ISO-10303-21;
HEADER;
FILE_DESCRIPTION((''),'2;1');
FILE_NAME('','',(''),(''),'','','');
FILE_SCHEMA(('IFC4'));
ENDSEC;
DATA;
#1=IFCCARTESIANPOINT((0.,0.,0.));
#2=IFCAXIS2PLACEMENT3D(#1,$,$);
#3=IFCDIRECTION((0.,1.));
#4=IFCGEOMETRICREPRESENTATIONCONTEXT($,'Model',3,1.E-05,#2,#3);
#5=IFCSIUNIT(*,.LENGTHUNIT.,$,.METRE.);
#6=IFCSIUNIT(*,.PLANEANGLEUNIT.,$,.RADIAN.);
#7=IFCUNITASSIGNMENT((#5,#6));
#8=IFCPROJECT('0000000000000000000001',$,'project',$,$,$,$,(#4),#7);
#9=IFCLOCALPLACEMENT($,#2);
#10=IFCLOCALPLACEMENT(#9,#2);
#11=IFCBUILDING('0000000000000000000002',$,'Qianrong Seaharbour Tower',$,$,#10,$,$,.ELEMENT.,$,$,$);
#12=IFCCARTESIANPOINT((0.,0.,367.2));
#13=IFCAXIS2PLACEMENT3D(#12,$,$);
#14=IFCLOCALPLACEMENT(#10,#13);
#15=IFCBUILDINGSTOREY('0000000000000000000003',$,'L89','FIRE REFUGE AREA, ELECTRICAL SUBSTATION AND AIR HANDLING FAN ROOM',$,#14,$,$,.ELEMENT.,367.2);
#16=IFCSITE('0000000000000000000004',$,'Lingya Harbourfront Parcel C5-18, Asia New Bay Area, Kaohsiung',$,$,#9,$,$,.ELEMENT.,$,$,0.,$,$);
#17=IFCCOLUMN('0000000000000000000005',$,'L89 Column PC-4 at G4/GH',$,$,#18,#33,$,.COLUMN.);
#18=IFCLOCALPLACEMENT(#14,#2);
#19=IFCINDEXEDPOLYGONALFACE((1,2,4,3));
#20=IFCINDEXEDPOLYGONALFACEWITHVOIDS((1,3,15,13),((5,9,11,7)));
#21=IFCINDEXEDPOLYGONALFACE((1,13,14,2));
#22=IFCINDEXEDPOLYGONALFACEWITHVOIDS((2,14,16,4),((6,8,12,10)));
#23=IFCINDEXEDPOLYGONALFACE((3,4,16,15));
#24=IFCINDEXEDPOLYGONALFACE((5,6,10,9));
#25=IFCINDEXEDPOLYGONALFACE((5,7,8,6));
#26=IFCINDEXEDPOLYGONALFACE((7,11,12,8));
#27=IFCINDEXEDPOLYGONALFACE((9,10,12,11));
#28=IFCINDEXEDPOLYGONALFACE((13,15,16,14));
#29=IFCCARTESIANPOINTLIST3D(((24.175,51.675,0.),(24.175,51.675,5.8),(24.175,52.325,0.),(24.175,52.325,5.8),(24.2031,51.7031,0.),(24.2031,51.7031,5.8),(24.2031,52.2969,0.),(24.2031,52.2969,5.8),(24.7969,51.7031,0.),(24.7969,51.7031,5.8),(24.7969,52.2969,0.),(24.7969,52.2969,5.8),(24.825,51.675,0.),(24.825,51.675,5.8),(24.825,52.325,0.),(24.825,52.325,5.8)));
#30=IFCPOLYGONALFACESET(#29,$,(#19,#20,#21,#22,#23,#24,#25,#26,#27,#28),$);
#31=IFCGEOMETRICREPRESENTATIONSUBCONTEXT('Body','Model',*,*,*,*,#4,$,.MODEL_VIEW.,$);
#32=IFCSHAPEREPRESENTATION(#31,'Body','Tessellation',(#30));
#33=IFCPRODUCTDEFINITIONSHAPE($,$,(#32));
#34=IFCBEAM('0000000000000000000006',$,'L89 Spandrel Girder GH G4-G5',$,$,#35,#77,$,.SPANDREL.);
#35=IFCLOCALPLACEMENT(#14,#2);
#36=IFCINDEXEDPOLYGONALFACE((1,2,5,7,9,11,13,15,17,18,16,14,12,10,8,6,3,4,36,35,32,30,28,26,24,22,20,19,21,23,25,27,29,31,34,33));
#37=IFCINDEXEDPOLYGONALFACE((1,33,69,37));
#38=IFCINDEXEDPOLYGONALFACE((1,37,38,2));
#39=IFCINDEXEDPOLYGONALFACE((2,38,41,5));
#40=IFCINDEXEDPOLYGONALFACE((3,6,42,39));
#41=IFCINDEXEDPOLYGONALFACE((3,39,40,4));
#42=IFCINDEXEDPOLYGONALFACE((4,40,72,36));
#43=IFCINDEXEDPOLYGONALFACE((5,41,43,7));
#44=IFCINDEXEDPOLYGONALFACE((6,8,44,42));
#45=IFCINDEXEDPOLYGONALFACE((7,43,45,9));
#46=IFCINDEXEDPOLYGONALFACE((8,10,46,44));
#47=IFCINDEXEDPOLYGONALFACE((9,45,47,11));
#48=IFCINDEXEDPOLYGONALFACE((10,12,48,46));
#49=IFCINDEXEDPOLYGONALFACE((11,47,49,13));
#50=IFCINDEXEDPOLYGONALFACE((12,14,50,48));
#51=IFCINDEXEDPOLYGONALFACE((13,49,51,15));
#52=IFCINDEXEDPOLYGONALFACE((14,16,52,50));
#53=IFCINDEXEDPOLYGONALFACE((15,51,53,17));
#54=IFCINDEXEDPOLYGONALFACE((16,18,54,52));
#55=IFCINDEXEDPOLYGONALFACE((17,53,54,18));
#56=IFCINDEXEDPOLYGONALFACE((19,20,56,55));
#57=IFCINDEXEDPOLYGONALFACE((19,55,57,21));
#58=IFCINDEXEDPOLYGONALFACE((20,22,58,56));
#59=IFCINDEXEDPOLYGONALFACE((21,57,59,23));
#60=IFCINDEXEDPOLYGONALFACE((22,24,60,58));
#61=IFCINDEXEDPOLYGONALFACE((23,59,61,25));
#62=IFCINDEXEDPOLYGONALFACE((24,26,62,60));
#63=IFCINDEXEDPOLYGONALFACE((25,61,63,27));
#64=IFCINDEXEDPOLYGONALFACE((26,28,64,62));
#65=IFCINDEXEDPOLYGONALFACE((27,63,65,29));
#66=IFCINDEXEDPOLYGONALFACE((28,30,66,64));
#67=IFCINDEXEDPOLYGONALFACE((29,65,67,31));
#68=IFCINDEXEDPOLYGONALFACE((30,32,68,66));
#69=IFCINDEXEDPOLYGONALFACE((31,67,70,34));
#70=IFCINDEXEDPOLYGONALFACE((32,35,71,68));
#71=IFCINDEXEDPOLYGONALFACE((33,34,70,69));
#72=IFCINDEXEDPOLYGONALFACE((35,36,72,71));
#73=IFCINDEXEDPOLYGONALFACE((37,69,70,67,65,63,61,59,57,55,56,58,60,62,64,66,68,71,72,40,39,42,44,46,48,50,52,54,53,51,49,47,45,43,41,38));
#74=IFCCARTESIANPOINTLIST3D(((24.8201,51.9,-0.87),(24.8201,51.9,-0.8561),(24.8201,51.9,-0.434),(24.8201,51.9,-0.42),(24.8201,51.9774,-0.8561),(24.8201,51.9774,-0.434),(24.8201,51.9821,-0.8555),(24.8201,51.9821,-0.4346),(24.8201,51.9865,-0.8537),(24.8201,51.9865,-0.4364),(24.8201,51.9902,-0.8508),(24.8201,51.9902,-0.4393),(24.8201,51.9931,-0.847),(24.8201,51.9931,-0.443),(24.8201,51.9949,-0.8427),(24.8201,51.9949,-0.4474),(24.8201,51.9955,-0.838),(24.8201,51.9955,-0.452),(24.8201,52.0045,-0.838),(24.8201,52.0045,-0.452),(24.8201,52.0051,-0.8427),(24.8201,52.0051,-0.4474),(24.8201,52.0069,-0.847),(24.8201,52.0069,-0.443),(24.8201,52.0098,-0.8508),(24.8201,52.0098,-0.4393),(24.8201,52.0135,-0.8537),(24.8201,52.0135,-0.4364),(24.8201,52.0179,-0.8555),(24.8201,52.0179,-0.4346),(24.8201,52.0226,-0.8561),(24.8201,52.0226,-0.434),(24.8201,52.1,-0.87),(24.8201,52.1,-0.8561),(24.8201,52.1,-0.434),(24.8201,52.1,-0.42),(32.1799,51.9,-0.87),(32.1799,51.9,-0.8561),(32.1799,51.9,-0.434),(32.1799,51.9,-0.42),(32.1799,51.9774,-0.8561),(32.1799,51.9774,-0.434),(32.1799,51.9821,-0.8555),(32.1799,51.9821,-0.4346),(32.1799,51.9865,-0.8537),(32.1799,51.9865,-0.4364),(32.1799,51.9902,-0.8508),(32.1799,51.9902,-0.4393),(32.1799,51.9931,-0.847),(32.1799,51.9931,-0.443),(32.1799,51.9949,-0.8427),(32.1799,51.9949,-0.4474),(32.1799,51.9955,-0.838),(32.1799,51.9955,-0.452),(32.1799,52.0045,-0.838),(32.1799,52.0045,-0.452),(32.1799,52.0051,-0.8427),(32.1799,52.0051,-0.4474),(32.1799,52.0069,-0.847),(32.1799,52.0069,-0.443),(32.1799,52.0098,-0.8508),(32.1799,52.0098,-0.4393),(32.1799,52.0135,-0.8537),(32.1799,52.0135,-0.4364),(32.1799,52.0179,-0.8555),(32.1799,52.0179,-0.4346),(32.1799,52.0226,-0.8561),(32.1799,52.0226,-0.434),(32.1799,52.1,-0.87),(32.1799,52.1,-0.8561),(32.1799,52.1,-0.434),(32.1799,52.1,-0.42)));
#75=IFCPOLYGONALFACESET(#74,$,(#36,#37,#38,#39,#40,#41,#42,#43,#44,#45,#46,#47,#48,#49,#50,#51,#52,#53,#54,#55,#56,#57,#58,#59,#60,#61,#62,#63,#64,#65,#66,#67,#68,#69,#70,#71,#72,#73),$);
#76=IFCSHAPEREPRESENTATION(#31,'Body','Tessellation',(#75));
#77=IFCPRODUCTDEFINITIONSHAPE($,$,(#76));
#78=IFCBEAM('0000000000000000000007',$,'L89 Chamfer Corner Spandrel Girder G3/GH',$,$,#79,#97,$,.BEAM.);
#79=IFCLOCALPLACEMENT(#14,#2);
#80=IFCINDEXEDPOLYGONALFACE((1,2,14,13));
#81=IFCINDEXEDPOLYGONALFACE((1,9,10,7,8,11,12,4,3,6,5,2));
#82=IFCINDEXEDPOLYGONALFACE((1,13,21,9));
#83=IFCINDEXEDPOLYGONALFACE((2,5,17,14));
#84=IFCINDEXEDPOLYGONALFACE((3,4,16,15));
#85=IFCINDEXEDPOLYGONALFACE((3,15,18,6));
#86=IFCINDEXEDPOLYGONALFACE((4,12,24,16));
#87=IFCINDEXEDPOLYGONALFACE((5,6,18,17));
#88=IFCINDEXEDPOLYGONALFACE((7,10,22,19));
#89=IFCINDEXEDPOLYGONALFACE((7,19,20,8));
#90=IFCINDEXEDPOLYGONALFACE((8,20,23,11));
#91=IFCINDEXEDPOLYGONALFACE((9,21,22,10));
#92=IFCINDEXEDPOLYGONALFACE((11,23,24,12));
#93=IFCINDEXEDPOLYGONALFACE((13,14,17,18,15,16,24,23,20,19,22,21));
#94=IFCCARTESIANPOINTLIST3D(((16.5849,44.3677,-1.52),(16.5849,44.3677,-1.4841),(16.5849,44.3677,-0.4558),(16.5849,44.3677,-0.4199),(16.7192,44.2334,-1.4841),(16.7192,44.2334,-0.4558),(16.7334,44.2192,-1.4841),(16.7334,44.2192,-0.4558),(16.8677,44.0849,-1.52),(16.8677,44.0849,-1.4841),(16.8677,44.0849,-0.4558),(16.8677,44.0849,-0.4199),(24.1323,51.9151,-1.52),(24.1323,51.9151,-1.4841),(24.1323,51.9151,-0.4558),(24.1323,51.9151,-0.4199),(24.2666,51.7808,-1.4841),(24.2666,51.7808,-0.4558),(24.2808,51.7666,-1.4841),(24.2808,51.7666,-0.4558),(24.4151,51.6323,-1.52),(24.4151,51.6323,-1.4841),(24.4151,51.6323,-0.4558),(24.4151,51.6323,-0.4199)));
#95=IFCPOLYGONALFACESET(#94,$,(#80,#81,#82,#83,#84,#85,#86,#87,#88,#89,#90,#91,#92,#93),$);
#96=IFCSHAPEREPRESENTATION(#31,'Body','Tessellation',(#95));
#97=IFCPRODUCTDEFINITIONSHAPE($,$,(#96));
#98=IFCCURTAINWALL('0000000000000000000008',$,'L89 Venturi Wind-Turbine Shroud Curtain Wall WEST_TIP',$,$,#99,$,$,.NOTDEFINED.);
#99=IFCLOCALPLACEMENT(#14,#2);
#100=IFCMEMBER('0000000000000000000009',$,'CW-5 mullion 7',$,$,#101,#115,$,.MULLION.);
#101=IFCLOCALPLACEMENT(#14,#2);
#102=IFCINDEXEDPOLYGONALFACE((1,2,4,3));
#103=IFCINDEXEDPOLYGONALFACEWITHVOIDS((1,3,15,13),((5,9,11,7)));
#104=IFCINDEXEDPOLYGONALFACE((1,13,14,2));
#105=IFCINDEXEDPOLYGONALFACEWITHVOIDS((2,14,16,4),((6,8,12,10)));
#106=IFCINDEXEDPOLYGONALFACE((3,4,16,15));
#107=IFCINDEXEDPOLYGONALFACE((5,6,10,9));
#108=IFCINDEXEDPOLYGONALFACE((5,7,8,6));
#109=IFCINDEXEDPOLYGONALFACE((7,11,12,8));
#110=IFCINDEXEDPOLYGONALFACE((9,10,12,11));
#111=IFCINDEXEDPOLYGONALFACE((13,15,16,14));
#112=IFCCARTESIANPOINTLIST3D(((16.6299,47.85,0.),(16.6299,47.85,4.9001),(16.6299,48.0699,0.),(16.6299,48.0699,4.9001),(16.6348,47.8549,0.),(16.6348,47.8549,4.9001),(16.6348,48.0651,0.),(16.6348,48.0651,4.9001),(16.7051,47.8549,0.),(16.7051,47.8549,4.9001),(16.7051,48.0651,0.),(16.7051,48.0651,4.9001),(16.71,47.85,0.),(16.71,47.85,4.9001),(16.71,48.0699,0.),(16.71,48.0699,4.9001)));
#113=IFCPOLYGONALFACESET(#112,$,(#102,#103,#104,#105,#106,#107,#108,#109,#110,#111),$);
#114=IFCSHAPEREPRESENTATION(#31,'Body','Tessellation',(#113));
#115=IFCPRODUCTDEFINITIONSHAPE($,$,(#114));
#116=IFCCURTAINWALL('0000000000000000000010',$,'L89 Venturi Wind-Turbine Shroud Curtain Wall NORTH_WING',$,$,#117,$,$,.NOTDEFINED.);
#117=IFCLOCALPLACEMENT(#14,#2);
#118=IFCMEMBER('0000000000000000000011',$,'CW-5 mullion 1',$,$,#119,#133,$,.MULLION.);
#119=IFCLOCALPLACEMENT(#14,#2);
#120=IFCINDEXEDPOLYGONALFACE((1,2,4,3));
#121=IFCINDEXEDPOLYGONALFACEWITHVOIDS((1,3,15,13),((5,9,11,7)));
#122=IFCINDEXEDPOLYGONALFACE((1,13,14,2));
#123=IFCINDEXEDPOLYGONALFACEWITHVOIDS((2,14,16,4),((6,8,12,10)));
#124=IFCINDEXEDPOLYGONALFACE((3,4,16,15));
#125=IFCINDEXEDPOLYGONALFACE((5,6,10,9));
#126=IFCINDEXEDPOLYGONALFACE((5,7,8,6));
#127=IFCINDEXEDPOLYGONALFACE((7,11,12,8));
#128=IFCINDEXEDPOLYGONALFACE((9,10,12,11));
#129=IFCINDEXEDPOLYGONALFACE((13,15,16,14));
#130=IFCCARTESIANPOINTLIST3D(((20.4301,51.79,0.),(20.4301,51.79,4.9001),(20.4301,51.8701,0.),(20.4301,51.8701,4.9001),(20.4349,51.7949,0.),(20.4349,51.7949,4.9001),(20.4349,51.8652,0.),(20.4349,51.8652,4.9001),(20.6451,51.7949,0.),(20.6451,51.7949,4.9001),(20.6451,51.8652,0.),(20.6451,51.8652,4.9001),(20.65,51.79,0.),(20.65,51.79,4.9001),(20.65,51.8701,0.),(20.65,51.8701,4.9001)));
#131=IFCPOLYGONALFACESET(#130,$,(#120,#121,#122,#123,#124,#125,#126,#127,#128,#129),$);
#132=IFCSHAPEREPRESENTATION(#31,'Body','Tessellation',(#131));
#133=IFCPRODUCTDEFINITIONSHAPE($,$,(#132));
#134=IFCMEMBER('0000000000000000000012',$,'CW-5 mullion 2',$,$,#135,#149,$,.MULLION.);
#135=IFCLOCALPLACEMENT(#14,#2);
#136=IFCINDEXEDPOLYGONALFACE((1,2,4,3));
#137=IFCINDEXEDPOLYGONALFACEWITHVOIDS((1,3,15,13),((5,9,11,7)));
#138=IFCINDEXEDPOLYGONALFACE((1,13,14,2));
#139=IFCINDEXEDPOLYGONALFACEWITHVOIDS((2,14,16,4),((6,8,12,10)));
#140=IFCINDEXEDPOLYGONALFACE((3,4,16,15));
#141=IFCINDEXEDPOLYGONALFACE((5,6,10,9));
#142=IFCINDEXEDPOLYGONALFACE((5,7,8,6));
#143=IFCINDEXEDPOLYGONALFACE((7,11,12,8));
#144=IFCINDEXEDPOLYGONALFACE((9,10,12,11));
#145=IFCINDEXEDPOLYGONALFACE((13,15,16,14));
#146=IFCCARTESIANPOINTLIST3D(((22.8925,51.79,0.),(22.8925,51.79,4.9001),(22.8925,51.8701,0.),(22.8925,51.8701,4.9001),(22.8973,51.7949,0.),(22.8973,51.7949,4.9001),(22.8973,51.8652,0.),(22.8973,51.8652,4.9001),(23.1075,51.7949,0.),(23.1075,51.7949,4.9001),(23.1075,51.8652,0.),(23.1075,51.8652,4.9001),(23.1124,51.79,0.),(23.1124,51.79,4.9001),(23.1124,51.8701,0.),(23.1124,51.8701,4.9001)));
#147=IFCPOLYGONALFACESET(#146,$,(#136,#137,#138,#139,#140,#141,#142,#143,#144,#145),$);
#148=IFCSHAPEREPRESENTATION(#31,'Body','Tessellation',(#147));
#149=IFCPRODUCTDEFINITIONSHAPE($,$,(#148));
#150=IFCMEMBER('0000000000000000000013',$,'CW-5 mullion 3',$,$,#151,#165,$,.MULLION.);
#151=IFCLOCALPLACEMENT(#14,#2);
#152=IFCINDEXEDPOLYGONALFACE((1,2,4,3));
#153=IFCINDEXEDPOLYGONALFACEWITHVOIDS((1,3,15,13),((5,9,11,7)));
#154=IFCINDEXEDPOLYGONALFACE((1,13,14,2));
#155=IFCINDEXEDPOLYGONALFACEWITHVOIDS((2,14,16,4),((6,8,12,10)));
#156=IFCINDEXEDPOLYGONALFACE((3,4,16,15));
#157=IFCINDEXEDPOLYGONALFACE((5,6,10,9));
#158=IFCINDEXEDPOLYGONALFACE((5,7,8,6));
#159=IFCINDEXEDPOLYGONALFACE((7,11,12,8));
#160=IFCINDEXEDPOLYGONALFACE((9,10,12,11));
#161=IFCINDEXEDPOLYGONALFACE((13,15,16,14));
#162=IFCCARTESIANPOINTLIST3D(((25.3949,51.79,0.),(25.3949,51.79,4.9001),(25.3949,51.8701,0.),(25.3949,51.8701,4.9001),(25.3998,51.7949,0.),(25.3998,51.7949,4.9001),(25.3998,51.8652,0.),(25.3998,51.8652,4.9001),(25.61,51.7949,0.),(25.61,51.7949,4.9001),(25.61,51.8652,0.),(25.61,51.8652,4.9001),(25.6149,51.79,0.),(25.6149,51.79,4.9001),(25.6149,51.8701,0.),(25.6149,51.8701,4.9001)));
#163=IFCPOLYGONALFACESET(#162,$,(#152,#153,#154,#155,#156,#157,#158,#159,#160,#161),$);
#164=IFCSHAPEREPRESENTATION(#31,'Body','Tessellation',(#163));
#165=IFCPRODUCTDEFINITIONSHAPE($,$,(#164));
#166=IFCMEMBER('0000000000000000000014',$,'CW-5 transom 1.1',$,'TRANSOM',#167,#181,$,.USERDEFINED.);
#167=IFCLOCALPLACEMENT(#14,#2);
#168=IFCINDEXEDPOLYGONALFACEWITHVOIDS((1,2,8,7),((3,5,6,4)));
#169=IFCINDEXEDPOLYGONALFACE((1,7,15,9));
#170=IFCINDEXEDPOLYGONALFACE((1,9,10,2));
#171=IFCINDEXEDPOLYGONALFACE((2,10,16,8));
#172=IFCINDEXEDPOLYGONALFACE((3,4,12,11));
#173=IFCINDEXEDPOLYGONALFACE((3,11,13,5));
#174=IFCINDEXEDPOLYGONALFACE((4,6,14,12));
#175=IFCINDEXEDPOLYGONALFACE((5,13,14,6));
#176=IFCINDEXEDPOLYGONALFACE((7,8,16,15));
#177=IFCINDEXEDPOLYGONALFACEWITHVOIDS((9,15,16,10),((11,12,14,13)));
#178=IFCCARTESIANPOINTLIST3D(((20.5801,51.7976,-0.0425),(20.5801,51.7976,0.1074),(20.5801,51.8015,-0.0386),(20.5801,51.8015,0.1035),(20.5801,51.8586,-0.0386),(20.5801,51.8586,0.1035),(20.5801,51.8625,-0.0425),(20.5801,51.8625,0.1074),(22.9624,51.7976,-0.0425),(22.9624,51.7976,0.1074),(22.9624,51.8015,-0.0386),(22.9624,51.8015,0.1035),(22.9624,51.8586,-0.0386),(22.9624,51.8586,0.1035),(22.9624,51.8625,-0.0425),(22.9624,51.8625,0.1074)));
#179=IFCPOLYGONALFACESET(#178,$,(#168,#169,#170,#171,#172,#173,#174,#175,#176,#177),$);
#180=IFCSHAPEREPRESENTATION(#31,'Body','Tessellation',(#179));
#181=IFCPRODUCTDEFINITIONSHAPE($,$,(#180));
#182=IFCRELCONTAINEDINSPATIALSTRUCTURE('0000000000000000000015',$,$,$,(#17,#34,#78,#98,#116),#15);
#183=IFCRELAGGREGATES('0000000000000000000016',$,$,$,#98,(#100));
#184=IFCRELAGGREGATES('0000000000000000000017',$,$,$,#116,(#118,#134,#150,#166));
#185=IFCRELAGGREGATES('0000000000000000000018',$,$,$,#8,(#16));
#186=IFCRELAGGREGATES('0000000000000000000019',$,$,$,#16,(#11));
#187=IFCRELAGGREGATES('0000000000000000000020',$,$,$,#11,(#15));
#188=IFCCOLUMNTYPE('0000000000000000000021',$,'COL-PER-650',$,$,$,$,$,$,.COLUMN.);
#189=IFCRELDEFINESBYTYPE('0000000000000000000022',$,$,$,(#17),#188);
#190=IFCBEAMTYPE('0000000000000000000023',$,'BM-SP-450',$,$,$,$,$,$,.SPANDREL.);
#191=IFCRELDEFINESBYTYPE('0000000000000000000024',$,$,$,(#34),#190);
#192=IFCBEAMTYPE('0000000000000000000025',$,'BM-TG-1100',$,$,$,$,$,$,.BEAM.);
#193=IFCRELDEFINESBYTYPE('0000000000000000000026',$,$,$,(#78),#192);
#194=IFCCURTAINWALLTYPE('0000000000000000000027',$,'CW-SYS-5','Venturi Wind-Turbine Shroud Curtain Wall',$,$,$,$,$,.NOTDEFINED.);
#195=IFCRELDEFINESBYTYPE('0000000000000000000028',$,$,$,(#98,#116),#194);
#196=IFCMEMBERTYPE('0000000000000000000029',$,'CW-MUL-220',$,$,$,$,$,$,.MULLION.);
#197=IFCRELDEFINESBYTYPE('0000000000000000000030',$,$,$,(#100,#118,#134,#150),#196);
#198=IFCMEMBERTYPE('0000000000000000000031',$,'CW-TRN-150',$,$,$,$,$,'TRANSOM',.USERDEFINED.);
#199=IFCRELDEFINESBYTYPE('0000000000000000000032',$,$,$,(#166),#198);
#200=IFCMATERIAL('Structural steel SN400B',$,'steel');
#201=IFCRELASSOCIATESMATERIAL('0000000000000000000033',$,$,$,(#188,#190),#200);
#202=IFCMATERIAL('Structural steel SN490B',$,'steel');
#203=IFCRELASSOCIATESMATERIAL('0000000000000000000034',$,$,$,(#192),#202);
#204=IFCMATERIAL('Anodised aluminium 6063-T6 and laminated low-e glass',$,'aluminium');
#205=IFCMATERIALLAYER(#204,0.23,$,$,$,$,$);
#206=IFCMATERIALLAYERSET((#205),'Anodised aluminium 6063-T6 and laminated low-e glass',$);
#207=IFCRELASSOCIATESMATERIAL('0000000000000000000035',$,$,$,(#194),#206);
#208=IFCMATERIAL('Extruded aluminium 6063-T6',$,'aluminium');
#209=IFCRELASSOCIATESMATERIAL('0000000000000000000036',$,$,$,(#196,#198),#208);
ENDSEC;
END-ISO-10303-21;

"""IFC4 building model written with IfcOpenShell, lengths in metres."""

from ifc_helpers import new_model, si_unit, direction, frame, origin, origin_2d, place, context, subcontext, project, spatial, hollow_rectangle, i_section, extrude, material, layer, layer_set, material_profile, profile_set, type_object, element, aggregate, save


model = new_model("IFC4")

# Units and contexts
model_context = context("Model", 3, precision=1e-05, world=origin(), true_north=direction((0.0, 1.0)))
body_context = subcontext(model_context, "Body", "Model", "MODEL_VIEW")
ifc_project = project(units=[si_unit("LENGTHUNIT", "METRE"), si_unit("PLANEANGLEUNIT", "RADIAN")], contexts=[model_context])

# Site, building, storey
site_placement = place(None, origin())
site = spatial("IfcSite", under=ifc_project, at=site_placement, Name="Lingya Harbourfront Parcel C5-18, Asia New Bay Area, Kaohsiung", CompositionType="ELEMENT", RefElevation=0.0)
building_placement = place(site_placement, origin())
building = spatial("IfcBuilding", under=site, at=building_placement, Name="Qianrong Seaharbour Tower", CompositionType="ELEMENT")
storey_placement = place(building_placement, frame((0.0, 0.0, 367.2)))
storey = spatial("IfcBuildingStorey", under=building, at=storey_placement, Name="L89", Description="FIRE REFUGE AREA, ELECTRICAL SUBSTATION AND AIR HANDLING FAN ROOM", CompositionType="ELEMENT", Elevation=367.2)

# Column
ifc_material_1 = material(Name="Structural steel SN400B", Category="steel")
ifc_material_profile_1 = material_profile(ifc_material_1, hollow_rectangle(XDim=0.6499, YDim=0.6499, WallThickness=0.0281, at=origin_2d()), Name="BOX650x650x28")
ifc_profile_set_1 = profile_set([ifc_material_profile_1], Name="Structural steel SN400B")
column_type = type_object("IfcColumnType", Name="COL-PER-650", PredefinedType="COLUMN", material=ifc_profile_set_1)
column_placement = place(storey_placement, frame((24.5, 52.0, 0.0), z_axis=(0.0, 0.0, 1.0), x_axis=(1.0, 0.0, 0.0)))
element("IfcColumn", 1, at=column_placement, inside=storey, type_object=column_type, Name="L89 Column PC-4 at G4/GH", PredefinedType="COLUMN", context=body_context, shape_type="SweptSolid", body=[
    extrude(hollow_rectangle(XDim=0.6499, YDim=0.6499, WallThickness=0.0281, at=origin_2d()), origin(), (0.0, 0.0, 1.0), 5.8),
])

# Beams
ifc_material_profile_2 = material_profile(ifc_material_1, i_section(OverallWidth=0.2, OverallDepth=0.45, WebThickness=0.009, FlangeThickness=0.0139, FilletRadius=0.0181, at=origin_2d()), Name="H450x200x9x14")
ifc_profile_set_2 = profile_set([ifc_material_profile_2], Name="Structural steel SN400B")
beam_type_1 = type_object("IfcBeamType", Name="BM-SP-450", PredefinedType="SPANDREL", material=ifc_profile_set_2)
beam_1_placement = place(storey_placement, frame((24.8201, 52.0, -0.645), z_axis=(1.0, 0.0, 0.0), x_axis=(0.0, 1.0, 0.0)))
element("IfcBeam", 2, at=beam_1_placement, inside=storey, type_object=beam_type_1, Name="L89 Spandrel Girder GH G4-G5", PredefinedType="SPANDREL", context=body_context, shape_type="SweptSolid", body=[
    extrude(i_section(OverallWidth=0.2, OverallDepth=0.45, WebThickness=0.009, FlangeThickness=0.0139, FilletRadius=0.0181, at=origin_2d()), origin(), (0.0, 0.0, 1.0), 7.3599),
])
ifc_material_2 = material(Name="Structural steel SN490B", Category="steel")
ifc_material_profile_3 = material_profile(ifc_material_2, i_section(OverallWidth=0.3999, OverallDepth=1.1001, WebThickness=0.02, FlangeThickness=0.0359, at=origin_2d()), Name="BH1100x400x20x36")
ifc_profile_set_3 = profile_set([ifc_material_profile_3], Name="Structural steel SN490B")
beam_type_2 = type_object("IfcBeamType", Name="BM-TG-1100", PredefinedType="BEAM", material=ifc_profile_set_3)
beam_2_placement = place(storey_placement, frame((24.2737, 51.7737, -0.97), z_axis=(-0.707107, -0.707107, 0.0), x_axis=(0.707107, -0.707107, 0.0)))
element("IfcBeam", 3, at=beam_2_placement, inside=storey, type_object=beam_type_2, Name="L89 Chamfer Corner Spandrel Girder G3/GH", PredefinedType="BEAM", context=body_context, shape_type="SweptSolid", body=[
    extrude(i_section(OverallWidth=0.3999, OverallDepth=1.1001, WebThickness=0.02, FlangeThickness=0.0359, at=origin_2d()), origin(), (0.0, 0.0, 1.0), 10.6736),
])

# Curtain wall, member
ifc_material_3 = material(Name="Anodised aluminium 6063-T6 and laminated low-e glass", Category="aluminium")
ifc_layer_1 = layer(ifc_material_3, 0.23)
ifc_layer_set_1 = layer_set([ifc_layer_1], Name="Anodised aluminium 6063-T6 and laminated low-e glass")
curtain_wall_type = type_object("IfcCurtainWallType", Name="CW-SYS-5", Description="Venturi Wind-Turbine Shroud Curtain Wall", PredefinedType="NOTDEFINED", material=ifc_layer_set_1)
curtain_wall_1_placement = place(storey_placement, origin())
curtain_wall_1 = element("IfcCurtainWall", 4, at=curtain_wall_1_placement, inside=storey, type_object=curtain_wall_type, Name="L89 Venturi Wind-Turbine Shroud Curtain Wall WEST_TIP", PredefinedType="NOTDEFINED")
ifc_material_4 = material(Name="Extruded aluminium 6063-T6", Category="aluminium")
ifc_material_profile_4 = material_profile(ifc_material_4, hollow_rectangle(XDim=0.0801, YDim=0.22, WallThickness=0.0049, at=origin_2d()), Name="ALU-MUL-220x80x5")
ifc_profile_set_4 = profile_set([ifc_material_profile_4], Name="Extruded aluminium 6063-T6")
member_type_1 = type_object("IfcMemberType", Name="CW-MUL-220", PredefinedType="MULLION", material=ifc_profile_set_4)
member_1_placement = place(storey_placement, frame((16.6699, 47.96, 0.0), z_axis=(0.0, 0.0, 1.0), x_axis=(-1.0, 0.0, 0.0)))
member_1 = element("IfcMember", 5, at=member_1_placement, type_object=member_type_1, Name="CW-5 mullion 7", PredefinedType="MULLION", context=body_context, shape_type="SweptSolid", body=[
    extrude(hollow_rectangle(XDim=0.0801, YDim=0.22, WallThickness=0.0049, at=origin_2d()), origin(), (0.0, 0.0, 1.0), 4.9001),
])

# Curtain wall, members
curtain_wall_2_placement = place(storey_placement, origin())
curtain_wall_2 = element("IfcCurtainWall", 6, at=curtain_wall_2_placement, inside=storey, type_object=curtain_wall_type, Name="L89 Venturi Wind-Turbine Shroud Curtain Wall NORTH_WING", PredefinedType="NOTDEFINED")
member_2_placement = place(storey_placement, frame((20.54, 51.8301, 0.0), z_axis=(0.0, 0.0, 1.0), x_axis=(0.0, 1.0, 0.0)))
member_2 = element("IfcMember", 7, at=member_2_placement, type_object=member_type_1, Name="CW-5 mullion 1", PredefinedType="MULLION", context=body_context, shape_type="SweptSolid", body=[
    extrude(hollow_rectangle(XDim=0.0801, YDim=0.22, WallThickness=0.0049, at=origin_2d()), origin(), (0.0, 0.0, 1.0), 4.9001),
])
member_3_placement = place(storey_placement, frame((23.0024, 51.8301, 0.0), z_axis=(0.0, 0.0, 1.0), x_axis=(0.0, 1.0, 0.0)))
member_3 = element("IfcMember", 8, at=member_3_placement, type_object=member_type_1, Name="CW-5 mullion 2", PredefinedType="MULLION", context=body_context, shape_type="SweptSolid", body=[
    extrude(hollow_rectangle(XDim=0.0801, YDim=0.22, WallThickness=0.0049, at=origin_2d()), origin(), (0.0, 0.0, 1.0), 4.9001),
])
member_4_placement = place(storey_placement, frame((25.5049, 51.8301, 0.0), z_axis=(0.0, 0.0, 1.0), x_axis=(0.0, 1.0, 0.0)))
member_4 = element("IfcMember", 9, at=member_4_placement, type_object=member_type_1, Name="CW-5 mullion 3", PredefinedType="MULLION", context=body_context, shape_type="SweptSolid", body=[
    extrude(hollow_rectangle(XDim=0.0801, YDim=0.22, WallThickness=0.0049, at=origin_2d()), origin(), (0.0, 0.0, 1.0), 4.9001),
])
ifc_material_profile_5 = material_profile(ifc_material_4, hollow_rectangle(XDim=0.0649, YDim=0.1499, WallThickness=0.0039, at=origin_2d()), Name="ALU-TRN-150x65x4")
ifc_profile_set_5 = profile_set([ifc_material_profile_5], Name="Extruded aluminium 6063-T6")
member_type_2 = type_object("IfcMemberType", Name="CW-TRN-150", ElementType="TRANSOM", PredefinedType="USERDEFINED", material=ifc_profile_set_5)
member_5_placement = place(storey_placement, frame((20.5801, 51.8301, 0.0325), z_axis=(1.0, 0.0, 0.0), x_axis=(0.0, 1.0, 0.0)))
member_5 = element("IfcMember", 10, at=member_5_placement, type_object=member_type_2, Name="CW-5 transom 1.1", ObjectType="TRANSOM", PredefinedType="USERDEFINED", context=body_context, shape_type="SweptSolid", body=[
    extrude(hollow_rectangle(XDim=0.0649, YDim=0.1499, WallThickness=0.0039, at=origin_2d()), origin(), (0.0, 0.0, 1.0), 2.3823),
])

aggregate(curtain_wall_1, [member_1])
aggregate(curtain_wall_2, [member_2, member_3, member_4, member_5])

save(model, "model.ifc")
